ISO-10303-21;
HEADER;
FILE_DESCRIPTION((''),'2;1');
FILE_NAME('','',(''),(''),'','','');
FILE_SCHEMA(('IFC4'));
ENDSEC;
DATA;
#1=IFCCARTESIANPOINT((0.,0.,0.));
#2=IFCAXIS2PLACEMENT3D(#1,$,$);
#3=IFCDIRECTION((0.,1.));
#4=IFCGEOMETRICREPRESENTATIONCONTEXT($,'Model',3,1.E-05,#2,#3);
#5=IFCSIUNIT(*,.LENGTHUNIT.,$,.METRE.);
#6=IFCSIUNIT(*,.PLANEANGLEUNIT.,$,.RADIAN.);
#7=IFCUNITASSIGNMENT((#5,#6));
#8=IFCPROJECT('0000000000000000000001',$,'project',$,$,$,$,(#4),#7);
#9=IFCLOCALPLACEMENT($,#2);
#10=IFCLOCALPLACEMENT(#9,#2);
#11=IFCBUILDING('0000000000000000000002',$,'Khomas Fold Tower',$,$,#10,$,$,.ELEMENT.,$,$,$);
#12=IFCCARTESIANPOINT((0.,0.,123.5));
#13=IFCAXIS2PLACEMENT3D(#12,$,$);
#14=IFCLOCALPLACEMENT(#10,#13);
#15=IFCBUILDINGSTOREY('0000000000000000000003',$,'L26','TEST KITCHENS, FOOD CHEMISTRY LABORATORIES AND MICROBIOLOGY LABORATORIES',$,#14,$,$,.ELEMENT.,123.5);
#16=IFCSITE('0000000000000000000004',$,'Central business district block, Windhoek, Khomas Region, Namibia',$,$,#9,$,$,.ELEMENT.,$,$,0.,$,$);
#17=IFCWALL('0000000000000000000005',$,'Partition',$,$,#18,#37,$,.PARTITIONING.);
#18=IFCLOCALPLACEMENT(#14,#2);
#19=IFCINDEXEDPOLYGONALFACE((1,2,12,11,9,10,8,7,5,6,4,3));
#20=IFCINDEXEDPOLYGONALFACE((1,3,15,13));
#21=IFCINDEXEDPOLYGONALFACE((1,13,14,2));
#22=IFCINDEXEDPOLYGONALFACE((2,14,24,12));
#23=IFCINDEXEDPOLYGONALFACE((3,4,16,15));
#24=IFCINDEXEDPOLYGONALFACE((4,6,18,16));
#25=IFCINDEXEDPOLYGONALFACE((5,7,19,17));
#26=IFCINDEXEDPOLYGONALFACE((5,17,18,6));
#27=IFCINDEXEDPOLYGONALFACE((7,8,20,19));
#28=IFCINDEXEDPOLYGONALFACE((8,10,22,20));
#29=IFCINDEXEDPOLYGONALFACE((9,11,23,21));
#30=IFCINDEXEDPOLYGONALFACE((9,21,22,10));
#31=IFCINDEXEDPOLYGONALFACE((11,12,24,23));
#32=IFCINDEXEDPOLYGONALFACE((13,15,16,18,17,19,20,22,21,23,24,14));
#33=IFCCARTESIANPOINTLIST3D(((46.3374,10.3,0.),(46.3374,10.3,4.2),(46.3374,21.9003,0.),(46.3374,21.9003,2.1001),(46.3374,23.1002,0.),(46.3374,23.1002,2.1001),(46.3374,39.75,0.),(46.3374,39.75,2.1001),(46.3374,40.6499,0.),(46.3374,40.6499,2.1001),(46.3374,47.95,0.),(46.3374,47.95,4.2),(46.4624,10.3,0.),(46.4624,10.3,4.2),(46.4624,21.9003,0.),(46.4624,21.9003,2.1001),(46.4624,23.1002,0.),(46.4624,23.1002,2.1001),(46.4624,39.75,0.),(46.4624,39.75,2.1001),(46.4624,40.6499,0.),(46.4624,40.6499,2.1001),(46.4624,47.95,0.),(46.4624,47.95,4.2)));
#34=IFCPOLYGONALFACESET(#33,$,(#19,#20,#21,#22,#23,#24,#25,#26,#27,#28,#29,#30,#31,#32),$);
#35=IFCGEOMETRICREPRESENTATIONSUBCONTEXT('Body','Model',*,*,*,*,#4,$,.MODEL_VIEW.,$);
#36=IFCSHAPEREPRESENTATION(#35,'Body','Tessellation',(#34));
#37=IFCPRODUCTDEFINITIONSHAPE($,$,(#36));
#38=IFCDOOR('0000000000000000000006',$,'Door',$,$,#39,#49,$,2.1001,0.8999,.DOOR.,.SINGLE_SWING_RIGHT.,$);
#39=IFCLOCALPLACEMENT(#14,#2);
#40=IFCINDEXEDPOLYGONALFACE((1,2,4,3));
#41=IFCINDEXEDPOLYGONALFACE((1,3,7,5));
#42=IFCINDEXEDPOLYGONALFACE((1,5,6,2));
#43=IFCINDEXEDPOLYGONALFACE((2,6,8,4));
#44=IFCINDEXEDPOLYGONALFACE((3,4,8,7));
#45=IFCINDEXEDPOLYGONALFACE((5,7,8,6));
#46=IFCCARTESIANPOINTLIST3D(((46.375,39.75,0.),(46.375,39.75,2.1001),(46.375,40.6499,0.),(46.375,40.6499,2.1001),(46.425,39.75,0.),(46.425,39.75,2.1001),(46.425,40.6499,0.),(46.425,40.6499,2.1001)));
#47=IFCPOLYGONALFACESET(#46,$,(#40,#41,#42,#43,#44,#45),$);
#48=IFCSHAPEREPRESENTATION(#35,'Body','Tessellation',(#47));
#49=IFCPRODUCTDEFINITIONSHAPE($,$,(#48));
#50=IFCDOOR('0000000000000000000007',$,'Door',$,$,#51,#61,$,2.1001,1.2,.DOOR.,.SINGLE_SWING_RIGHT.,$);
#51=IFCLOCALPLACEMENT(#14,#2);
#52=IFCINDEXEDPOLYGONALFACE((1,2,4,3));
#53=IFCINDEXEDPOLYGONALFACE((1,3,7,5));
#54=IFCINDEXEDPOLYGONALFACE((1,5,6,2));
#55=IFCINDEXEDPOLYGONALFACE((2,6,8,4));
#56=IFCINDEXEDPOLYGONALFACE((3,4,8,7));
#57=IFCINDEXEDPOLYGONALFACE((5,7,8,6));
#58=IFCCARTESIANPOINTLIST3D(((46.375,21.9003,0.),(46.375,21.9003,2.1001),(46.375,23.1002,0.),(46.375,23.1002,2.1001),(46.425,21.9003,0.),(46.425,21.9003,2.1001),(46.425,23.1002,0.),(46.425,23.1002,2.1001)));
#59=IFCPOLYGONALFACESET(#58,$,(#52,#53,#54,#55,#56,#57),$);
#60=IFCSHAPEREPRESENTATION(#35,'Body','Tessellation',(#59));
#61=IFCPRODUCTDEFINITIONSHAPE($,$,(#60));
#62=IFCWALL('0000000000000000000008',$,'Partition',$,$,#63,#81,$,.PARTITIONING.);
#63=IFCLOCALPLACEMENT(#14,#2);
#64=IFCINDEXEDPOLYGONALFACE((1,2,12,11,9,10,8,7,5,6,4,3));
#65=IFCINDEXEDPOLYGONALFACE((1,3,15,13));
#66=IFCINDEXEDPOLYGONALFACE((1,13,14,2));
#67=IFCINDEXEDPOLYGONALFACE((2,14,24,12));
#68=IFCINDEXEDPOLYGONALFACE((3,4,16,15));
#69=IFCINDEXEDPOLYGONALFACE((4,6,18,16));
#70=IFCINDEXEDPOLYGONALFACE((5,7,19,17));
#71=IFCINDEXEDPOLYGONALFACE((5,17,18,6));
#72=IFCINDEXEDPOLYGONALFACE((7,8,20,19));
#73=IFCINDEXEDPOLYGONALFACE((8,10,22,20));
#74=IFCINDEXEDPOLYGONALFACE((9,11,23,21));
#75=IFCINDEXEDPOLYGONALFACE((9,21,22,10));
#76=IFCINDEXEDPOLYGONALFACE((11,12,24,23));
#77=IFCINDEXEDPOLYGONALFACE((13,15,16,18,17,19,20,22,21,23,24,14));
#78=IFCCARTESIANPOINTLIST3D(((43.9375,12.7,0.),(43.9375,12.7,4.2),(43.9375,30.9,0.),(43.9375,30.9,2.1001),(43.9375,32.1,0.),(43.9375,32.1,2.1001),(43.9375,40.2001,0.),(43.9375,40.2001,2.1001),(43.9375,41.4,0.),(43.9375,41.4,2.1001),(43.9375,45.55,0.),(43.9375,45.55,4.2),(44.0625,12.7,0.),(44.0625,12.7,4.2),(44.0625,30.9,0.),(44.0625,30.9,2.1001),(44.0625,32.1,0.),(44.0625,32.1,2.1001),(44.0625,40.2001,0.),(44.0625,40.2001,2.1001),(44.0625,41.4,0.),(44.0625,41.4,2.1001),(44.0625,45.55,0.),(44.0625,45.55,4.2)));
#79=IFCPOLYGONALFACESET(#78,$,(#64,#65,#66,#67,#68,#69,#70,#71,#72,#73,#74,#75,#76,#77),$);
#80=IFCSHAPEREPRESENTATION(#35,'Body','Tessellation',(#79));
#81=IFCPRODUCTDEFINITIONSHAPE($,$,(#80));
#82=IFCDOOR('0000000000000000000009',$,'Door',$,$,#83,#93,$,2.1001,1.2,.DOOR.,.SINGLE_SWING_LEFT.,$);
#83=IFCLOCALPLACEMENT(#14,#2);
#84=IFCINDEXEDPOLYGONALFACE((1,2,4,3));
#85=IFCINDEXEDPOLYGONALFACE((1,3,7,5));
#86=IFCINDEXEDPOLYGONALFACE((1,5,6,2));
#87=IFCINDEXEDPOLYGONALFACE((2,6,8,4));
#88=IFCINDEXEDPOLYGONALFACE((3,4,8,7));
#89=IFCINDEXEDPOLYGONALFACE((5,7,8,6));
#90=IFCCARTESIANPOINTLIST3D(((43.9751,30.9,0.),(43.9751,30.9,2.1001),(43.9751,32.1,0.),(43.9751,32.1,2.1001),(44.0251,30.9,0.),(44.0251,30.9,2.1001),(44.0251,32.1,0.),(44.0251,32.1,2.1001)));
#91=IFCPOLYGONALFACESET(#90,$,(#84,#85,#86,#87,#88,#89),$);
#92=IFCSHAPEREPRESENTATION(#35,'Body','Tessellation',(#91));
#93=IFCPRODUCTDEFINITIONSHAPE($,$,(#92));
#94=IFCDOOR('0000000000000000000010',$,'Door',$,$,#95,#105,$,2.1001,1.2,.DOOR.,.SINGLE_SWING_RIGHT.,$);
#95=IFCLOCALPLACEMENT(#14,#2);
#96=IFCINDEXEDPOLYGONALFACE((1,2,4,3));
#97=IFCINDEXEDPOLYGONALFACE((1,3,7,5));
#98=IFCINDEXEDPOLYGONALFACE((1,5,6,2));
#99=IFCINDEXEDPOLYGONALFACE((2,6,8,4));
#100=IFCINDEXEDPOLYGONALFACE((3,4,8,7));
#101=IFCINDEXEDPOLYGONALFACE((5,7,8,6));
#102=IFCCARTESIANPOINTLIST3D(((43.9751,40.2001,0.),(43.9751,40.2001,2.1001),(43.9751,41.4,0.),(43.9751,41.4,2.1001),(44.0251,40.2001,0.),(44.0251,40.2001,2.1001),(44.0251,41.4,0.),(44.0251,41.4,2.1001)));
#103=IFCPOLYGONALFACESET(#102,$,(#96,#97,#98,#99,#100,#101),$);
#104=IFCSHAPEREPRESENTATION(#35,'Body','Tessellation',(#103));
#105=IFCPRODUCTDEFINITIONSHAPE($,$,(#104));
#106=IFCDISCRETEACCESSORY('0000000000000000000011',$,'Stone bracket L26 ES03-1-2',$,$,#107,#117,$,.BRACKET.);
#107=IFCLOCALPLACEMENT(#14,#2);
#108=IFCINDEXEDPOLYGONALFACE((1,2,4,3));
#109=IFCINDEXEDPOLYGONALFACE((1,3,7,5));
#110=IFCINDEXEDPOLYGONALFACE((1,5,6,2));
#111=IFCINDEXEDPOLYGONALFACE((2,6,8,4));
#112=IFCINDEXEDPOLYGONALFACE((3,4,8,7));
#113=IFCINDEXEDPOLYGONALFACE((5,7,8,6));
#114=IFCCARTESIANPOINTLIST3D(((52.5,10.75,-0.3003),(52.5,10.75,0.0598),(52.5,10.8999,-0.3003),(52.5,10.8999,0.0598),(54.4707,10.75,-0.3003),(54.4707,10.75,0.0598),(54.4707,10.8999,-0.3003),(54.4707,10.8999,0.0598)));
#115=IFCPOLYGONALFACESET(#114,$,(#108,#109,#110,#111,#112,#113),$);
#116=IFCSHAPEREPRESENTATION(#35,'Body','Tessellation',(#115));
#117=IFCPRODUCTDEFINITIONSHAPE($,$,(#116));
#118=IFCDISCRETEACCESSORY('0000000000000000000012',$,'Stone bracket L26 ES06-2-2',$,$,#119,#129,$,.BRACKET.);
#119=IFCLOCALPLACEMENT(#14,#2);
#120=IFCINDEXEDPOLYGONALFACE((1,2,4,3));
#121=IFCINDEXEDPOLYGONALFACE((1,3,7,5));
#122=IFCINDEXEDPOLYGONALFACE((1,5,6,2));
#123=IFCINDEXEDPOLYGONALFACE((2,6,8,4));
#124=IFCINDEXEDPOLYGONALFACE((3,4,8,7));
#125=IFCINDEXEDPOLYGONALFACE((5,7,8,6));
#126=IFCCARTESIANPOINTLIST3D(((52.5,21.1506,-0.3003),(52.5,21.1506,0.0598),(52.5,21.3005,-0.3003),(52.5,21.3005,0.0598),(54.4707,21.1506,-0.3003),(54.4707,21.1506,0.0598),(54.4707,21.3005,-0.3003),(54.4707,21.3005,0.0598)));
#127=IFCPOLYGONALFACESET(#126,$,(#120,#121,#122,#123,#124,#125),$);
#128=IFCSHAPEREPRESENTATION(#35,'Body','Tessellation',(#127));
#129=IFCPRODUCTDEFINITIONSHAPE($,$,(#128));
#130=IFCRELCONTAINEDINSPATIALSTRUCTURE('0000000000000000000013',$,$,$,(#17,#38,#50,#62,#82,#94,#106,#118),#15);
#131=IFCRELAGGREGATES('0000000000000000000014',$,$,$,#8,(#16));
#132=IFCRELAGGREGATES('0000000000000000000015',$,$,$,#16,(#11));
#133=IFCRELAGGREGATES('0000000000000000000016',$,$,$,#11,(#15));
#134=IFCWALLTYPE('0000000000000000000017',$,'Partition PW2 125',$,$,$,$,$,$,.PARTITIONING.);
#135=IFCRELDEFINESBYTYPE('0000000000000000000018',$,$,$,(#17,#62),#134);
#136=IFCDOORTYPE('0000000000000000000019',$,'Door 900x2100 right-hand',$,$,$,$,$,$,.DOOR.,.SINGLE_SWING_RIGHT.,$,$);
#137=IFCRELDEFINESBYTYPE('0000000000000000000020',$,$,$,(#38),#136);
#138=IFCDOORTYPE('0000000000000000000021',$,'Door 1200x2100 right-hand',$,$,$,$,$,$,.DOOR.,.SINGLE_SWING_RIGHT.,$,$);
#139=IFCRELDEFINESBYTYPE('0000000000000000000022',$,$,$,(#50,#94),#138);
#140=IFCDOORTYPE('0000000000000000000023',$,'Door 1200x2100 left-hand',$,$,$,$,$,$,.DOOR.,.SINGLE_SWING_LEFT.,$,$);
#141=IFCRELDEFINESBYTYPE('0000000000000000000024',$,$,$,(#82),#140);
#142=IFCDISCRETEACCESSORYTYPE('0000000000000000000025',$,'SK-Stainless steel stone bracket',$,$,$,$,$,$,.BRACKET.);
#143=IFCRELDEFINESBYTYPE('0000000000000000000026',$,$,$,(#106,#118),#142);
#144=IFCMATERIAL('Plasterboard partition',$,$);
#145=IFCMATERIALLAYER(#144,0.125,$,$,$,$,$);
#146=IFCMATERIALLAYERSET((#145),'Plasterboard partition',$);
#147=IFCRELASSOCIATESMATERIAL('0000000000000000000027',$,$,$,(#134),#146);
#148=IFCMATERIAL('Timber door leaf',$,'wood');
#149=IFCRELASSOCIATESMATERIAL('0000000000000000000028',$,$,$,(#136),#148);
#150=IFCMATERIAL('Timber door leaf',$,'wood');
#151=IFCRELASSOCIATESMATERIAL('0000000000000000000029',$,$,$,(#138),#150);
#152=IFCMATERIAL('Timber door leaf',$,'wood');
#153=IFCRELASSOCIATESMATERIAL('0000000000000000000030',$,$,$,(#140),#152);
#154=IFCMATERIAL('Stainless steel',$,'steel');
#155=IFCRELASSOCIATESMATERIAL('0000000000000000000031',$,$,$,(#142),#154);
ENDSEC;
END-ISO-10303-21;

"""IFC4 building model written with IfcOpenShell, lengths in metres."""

from ifc_helpers import new_model, si_unit, direction, frame, frame_2d, origin, origin_2d, place, context, subcontext, project, spatial, rectangle, extrude, source, transform, mapped, material, layer, layer_set, type_object, element, fill, save


model = new_model("IFC4")

# Units and contexts
model_context = context("Model", 3, precision=1e-05, world=origin(), true_north=direction((0.0, 1.0)))
body_context = subcontext(model_context, "Body", "Model", "MODEL_VIEW")
ifc_project = project(units=[si_unit("LENGTHUNIT", "METRE"), si_unit("PLANEANGLEUNIT", "RADIAN")], contexts=[model_context])

# Site, building, storey
site_placement = place(None, origin())
site = spatial("IfcSite", under=ifc_project, at=site_placement, Name="Central business district block, Windhoek, Khomas Region, Namibia", CompositionType="ELEMENT", RefElevation=0.0)
building_placement = place(site_placement, origin())
building = spatial("IfcBuilding", under=site, at=building_placement, Name="Khomas Fold Tower", CompositionType="ELEMENT")
storey_placement = place(building_placement, frame((0.0, 0.0, 123.5)))
storey = spatial("IfcBuildingStorey", under=building, at=storey_placement, Name="L26", Description="TEST KITCHENS, FOOD CHEMISTRY LABORATORIES AND MICROBIOLOGY LABORATORIES", CompositionType="ELEMENT", Elevation=123.5)

# Walls, openings, doors
ifc_material_1 = material(Name="Plasterboard partition")
ifc_layer_1 = layer(ifc_material_1, 0.125)
ifc_layer_set_1 = layer_set([ifc_layer_1], Name="Plasterboard partition")
wall_type_1 = type_object("IfcWallType", Name="Partition PW2 125", PredefinedType="PARTITIONING", material=ifc_layer_set_1)
shared_shape_1 = source(origin(), body_context, "Body", "SweptSolid", [
    extrude(rectangle(XDim=37.6499, YDim=0.125, at=frame_2d((18.825, 0.0))), origin(), (0.0, 0.0, 1.0), 4.2),
])
wall_1_placement = place(storey_placement, frame((46.3999, 10.3, 0.0), z_axis=(0.0, 0.0, 1.0), x_axis=(0.0, 1.0, 0.0)))
wall_1 = element("IfcWall", 1, at=wall_1_placement, inside=storey, type_object=wall_type_1, Name="Partition", PredefinedType="PARTITIONING", context=body_context, shape_type="MappedRepresentation", body=[
    mapped(shared_shape_1, transform((0.0, 0.0, 0.0))),
])
shared_shape_2 = source(origin(), body_context, "Body", "SweptSolid", [
    extrude(rectangle(XDim=1.2, YDim=2.1001, at=frame_2d((0.6001, 1.05))), frame((0.0, 0.0725, 0.0), z_axis=(0.0, -1.0, 0.0), x_axis=(1.0, 0.0, 0.0)), (0.0, 0.0, 1.0), 0.145),
])
opening_1_placement = place(wall_1_placement, frame((11.6001, 0.0, 0.0)))
opening_1 = element("IfcOpeningElement", 2, at=opening_1_placement, cuts=wall_1, PredefinedType="OPENING", context=body_context, shape_type="MappedRepresentation", body=[
    mapped(shared_shape_2, transform((0.0, 0.0, 0.0))),
])
shared_shape_3 = source(origin(), body_context, "Body", "SweptSolid", [
    extrude(rectangle(XDim=0.8999, YDim=2.1001, at=frame_2d((0.45, 1.05))), frame((0.0, 0.0725, 0.0), z_axis=(0.0, -1.0, 0.0), x_axis=(1.0, 0.0, 0.0)), (0.0, 0.0, 1.0), 0.145),
])
opening_2_placement = place(wall_1_placement, frame((29.45, 0.0, 0.0)))
opening_2 = element("IfcOpeningElement", 3, at=opening_2_placement, cuts=wall_1, PredefinedType="OPENING", context=body_context, shape_type="MappedRepresentation", body=[
    mapped(shared_shape_3, transform((0.0, 0.0, 0.0))),
])
ifc_material_2 = material(Name="Timber door leaf", Category="wood")
door_type_1 = type_object("IfcDoorType", Name="Door 900x2100 right-hand", OperationType="SINGLE_SWING_RIGHT", PredefinedType="DOOR", material=ifc_material_2)
shared_shape_4 = source(origin(), body_context, "Body", "SweptSolid", [
    extrude(rectangle(XDim=0.8999, YDim=2.1001, at=frame_2d((0.45, 1.05))), frame((0.0, 0.0249, 0.0), z_axis=(0.0, -1.0, 0.0), x_axis=(1.0, 0.0, 0.0)), (0.0, 0.0, 1.0), 0.05),
])
door_1_placement = place(opening_2_placement, origin())
door_1 = element("IfcDoor", 4, at=door_1_placement, inside=storey, type_object=door_type_1, Name="Door", OperationType="SINGLE_SWING_RIGHT", OverallHeight=2.1001, OverallWidth=0.8999, PredefinedType="DOOR", context=body_context, shape_type="MappedRepresentation", body=[
    mapped(shared_shape_4, transform((0.0, 0.0, 0.0))),
])
fill(opening_2, door_1)
ifc_material_3 = material(Name="Timber door leaf", Category="wood")
door_type_2 = type_object("IfcDoorType", Name="Door 1200x2100 right-hand", OperationType="SINGLE_SWING_RIGHT", PredefinedType="DOOR", material=ifc_material_3)
shared_shape_5 = source(origin(), body_context, "Body", "SweptSolid", [
    extrude(rectangle(XDim=1.2, YDim=2.1001, at=frame_2d((0.6001, 1.05))), frame((0.0, 0.0249, 0.0), z_axis=(0.0, -1.0, 0.0), x_axis=(1.0, 0.0, 0.0)), (0.0, 0.0, 1.0), 0.05),
])
door_2_placement = place(opening_1_placement, origin())
door_2 = element("IfcDoor", 5, at=door_2_placement, inside=storey, type_object=door_type_2, Name="Door", OperationType="SINGLE_SWING_RIGHT", OverallHeight=2.1001, OverallWidth=1.2, PredefinedType="DOOR", context=body_context, shape_type="MappedRepresentation", body=[
    mapped(shared_shape_5, transform((0.0, 0.0, 0.0))),
])
fill(opening_1, door_2)
shared_shape_6 = source(origin(), body_context, "Body", "SweptSolid", [
    extrude(rectangle(XDim=32.8501, YDim=0.125, at=frame_2d((16.425, 0.0))), origin(), (0.0, 0.0, 1.0), 4.2),
])
wall_2_placement = place(storey_placement, frame((44.0, 12.7, 0.0), z_axis=(0.0, 0.0, 1.0), x_axis=(0.0, 1.0, 0.0)))
wall_2 = element("IfcWall", 6, at=wall_2_placement, inside=storey, type_object=wall_type_1, Name="Partition", PredefinedType="PARTITIONING", context=body_context, shape_type="MappedRepresentation", body=[
    mapped(shared_shape_6, transform((0.0, 0.0, 0.0))),
])
opening_3_placement = place(wall_2_placement, frame((18.2, 0.0, 0.0)))
opening_3 = element("IfcOpeningElement", 7, at=opening_3_placement, cuts=wall_2, PredefinedType="OPENING", context=body_context, shape_type="MappedRepresentation", body=[
    mapped(shared_shape_2, transform((0.0, 0.0, 0.0))),
])
opening_4_placement = place(wall_2_placement, frame((27.5, 0.0, 0.0)))
opening_4 = element("IfcOpeningElement", 8, at=opening_4_placement, cuts=wall_2, PredefinedType="OPENING", context=body_context, shape_type="MappedRepresentation", body=[
    mapped(shared_shape_2, transform((0.0, 0.0, 0.0))),
])
ifc_material_4 = material(Name="Timber door leaf", Category="wood")
door_type_3 = type_object("IfcDoorType", Name="Door 1200x2100 left-hand", OperationType="SINGLE_SWING_LEFT", PredefinedType="DOOR", material=ifc_material_4)
door_3_placement = place(opening_3_placement, origin())
door_3 = element("IfcDoor", 9, at=door_3_placement, inside=storey, type_object=door_type_3, Name="Door", OperationType="SINGLE_SWING_LEFT", OverallHeight=2.1001, OverallWidth=1.2, PredefinedType="DOOR", context=body_context, shape_type="MappedRepresentation", body=[
    mapped(shared_shape_5, transform((0.0, 0.0, 0.0))),
])
fill(opening_3, door_3)
door_4_placement = place(opening_4_placement, origin())
door_4 = element("IfcDoor", 10, at=door_4_placement, inside=storey, type_object=door_type_2, Name="Door", OperationType="SINGLE_SWING_RIGHT", OverallHeight=2.1001, OverallWidth=1.2, PredefinedType="DOOR", context=body_context, shape_type="MappedRepresentation", body=[
    mapped(shared_shape_5, transform((0.0, 0.0, 0.0))),
])
fill(opening_4, door_4)

# Discrete accessories
ifc_material_5 = material(Name="Stainless steel", Category="steel")
discrete_accessory_type = type_object("IfcDiscreteAccessoryType", Name="SK-Stainless steel stone bracket", PredefinedType="BRACKET", material=ifc_material_5)
shared_shape_7 = source(origin(), body_context, "Body", "SweptSolid", [
    extrude(rectangle(XDim=1.9707, YDim=0.1499, at=origin_2d()), origin(), (0.0, 0.0, 1.0), 0.3601),
])
for number, where, z_axis, x_axis, name in (
    (11, (53.4854, 10.825, -0.3003), (0.0, 0.0, 1.0), (1.0, 0.0, 0.0), "Stone bracket L26 ES03-1-2"),
    (12, (53.4854, 21.2256, -0.3003), (0.0, 0.0, 1.0), (1.0, 0.0, 0.0), "Stone bracket L26 ES06-2-2"),
):
    element("IfcDiscreteAccessory", number, at=place(storey_placement, frame(where, z_axis=z_axis, x_axis=x_axis)), inside=storey, type_object=discrete_accessory_type, Name=name, PredefinedType="BRACKET", context=body_context, shape_type="MappedRepresentation", body=[
        mapped(shared_shape_7, transform((0.0, 0.0, 0.0))),
    ])

save(model, "model.ifc")
